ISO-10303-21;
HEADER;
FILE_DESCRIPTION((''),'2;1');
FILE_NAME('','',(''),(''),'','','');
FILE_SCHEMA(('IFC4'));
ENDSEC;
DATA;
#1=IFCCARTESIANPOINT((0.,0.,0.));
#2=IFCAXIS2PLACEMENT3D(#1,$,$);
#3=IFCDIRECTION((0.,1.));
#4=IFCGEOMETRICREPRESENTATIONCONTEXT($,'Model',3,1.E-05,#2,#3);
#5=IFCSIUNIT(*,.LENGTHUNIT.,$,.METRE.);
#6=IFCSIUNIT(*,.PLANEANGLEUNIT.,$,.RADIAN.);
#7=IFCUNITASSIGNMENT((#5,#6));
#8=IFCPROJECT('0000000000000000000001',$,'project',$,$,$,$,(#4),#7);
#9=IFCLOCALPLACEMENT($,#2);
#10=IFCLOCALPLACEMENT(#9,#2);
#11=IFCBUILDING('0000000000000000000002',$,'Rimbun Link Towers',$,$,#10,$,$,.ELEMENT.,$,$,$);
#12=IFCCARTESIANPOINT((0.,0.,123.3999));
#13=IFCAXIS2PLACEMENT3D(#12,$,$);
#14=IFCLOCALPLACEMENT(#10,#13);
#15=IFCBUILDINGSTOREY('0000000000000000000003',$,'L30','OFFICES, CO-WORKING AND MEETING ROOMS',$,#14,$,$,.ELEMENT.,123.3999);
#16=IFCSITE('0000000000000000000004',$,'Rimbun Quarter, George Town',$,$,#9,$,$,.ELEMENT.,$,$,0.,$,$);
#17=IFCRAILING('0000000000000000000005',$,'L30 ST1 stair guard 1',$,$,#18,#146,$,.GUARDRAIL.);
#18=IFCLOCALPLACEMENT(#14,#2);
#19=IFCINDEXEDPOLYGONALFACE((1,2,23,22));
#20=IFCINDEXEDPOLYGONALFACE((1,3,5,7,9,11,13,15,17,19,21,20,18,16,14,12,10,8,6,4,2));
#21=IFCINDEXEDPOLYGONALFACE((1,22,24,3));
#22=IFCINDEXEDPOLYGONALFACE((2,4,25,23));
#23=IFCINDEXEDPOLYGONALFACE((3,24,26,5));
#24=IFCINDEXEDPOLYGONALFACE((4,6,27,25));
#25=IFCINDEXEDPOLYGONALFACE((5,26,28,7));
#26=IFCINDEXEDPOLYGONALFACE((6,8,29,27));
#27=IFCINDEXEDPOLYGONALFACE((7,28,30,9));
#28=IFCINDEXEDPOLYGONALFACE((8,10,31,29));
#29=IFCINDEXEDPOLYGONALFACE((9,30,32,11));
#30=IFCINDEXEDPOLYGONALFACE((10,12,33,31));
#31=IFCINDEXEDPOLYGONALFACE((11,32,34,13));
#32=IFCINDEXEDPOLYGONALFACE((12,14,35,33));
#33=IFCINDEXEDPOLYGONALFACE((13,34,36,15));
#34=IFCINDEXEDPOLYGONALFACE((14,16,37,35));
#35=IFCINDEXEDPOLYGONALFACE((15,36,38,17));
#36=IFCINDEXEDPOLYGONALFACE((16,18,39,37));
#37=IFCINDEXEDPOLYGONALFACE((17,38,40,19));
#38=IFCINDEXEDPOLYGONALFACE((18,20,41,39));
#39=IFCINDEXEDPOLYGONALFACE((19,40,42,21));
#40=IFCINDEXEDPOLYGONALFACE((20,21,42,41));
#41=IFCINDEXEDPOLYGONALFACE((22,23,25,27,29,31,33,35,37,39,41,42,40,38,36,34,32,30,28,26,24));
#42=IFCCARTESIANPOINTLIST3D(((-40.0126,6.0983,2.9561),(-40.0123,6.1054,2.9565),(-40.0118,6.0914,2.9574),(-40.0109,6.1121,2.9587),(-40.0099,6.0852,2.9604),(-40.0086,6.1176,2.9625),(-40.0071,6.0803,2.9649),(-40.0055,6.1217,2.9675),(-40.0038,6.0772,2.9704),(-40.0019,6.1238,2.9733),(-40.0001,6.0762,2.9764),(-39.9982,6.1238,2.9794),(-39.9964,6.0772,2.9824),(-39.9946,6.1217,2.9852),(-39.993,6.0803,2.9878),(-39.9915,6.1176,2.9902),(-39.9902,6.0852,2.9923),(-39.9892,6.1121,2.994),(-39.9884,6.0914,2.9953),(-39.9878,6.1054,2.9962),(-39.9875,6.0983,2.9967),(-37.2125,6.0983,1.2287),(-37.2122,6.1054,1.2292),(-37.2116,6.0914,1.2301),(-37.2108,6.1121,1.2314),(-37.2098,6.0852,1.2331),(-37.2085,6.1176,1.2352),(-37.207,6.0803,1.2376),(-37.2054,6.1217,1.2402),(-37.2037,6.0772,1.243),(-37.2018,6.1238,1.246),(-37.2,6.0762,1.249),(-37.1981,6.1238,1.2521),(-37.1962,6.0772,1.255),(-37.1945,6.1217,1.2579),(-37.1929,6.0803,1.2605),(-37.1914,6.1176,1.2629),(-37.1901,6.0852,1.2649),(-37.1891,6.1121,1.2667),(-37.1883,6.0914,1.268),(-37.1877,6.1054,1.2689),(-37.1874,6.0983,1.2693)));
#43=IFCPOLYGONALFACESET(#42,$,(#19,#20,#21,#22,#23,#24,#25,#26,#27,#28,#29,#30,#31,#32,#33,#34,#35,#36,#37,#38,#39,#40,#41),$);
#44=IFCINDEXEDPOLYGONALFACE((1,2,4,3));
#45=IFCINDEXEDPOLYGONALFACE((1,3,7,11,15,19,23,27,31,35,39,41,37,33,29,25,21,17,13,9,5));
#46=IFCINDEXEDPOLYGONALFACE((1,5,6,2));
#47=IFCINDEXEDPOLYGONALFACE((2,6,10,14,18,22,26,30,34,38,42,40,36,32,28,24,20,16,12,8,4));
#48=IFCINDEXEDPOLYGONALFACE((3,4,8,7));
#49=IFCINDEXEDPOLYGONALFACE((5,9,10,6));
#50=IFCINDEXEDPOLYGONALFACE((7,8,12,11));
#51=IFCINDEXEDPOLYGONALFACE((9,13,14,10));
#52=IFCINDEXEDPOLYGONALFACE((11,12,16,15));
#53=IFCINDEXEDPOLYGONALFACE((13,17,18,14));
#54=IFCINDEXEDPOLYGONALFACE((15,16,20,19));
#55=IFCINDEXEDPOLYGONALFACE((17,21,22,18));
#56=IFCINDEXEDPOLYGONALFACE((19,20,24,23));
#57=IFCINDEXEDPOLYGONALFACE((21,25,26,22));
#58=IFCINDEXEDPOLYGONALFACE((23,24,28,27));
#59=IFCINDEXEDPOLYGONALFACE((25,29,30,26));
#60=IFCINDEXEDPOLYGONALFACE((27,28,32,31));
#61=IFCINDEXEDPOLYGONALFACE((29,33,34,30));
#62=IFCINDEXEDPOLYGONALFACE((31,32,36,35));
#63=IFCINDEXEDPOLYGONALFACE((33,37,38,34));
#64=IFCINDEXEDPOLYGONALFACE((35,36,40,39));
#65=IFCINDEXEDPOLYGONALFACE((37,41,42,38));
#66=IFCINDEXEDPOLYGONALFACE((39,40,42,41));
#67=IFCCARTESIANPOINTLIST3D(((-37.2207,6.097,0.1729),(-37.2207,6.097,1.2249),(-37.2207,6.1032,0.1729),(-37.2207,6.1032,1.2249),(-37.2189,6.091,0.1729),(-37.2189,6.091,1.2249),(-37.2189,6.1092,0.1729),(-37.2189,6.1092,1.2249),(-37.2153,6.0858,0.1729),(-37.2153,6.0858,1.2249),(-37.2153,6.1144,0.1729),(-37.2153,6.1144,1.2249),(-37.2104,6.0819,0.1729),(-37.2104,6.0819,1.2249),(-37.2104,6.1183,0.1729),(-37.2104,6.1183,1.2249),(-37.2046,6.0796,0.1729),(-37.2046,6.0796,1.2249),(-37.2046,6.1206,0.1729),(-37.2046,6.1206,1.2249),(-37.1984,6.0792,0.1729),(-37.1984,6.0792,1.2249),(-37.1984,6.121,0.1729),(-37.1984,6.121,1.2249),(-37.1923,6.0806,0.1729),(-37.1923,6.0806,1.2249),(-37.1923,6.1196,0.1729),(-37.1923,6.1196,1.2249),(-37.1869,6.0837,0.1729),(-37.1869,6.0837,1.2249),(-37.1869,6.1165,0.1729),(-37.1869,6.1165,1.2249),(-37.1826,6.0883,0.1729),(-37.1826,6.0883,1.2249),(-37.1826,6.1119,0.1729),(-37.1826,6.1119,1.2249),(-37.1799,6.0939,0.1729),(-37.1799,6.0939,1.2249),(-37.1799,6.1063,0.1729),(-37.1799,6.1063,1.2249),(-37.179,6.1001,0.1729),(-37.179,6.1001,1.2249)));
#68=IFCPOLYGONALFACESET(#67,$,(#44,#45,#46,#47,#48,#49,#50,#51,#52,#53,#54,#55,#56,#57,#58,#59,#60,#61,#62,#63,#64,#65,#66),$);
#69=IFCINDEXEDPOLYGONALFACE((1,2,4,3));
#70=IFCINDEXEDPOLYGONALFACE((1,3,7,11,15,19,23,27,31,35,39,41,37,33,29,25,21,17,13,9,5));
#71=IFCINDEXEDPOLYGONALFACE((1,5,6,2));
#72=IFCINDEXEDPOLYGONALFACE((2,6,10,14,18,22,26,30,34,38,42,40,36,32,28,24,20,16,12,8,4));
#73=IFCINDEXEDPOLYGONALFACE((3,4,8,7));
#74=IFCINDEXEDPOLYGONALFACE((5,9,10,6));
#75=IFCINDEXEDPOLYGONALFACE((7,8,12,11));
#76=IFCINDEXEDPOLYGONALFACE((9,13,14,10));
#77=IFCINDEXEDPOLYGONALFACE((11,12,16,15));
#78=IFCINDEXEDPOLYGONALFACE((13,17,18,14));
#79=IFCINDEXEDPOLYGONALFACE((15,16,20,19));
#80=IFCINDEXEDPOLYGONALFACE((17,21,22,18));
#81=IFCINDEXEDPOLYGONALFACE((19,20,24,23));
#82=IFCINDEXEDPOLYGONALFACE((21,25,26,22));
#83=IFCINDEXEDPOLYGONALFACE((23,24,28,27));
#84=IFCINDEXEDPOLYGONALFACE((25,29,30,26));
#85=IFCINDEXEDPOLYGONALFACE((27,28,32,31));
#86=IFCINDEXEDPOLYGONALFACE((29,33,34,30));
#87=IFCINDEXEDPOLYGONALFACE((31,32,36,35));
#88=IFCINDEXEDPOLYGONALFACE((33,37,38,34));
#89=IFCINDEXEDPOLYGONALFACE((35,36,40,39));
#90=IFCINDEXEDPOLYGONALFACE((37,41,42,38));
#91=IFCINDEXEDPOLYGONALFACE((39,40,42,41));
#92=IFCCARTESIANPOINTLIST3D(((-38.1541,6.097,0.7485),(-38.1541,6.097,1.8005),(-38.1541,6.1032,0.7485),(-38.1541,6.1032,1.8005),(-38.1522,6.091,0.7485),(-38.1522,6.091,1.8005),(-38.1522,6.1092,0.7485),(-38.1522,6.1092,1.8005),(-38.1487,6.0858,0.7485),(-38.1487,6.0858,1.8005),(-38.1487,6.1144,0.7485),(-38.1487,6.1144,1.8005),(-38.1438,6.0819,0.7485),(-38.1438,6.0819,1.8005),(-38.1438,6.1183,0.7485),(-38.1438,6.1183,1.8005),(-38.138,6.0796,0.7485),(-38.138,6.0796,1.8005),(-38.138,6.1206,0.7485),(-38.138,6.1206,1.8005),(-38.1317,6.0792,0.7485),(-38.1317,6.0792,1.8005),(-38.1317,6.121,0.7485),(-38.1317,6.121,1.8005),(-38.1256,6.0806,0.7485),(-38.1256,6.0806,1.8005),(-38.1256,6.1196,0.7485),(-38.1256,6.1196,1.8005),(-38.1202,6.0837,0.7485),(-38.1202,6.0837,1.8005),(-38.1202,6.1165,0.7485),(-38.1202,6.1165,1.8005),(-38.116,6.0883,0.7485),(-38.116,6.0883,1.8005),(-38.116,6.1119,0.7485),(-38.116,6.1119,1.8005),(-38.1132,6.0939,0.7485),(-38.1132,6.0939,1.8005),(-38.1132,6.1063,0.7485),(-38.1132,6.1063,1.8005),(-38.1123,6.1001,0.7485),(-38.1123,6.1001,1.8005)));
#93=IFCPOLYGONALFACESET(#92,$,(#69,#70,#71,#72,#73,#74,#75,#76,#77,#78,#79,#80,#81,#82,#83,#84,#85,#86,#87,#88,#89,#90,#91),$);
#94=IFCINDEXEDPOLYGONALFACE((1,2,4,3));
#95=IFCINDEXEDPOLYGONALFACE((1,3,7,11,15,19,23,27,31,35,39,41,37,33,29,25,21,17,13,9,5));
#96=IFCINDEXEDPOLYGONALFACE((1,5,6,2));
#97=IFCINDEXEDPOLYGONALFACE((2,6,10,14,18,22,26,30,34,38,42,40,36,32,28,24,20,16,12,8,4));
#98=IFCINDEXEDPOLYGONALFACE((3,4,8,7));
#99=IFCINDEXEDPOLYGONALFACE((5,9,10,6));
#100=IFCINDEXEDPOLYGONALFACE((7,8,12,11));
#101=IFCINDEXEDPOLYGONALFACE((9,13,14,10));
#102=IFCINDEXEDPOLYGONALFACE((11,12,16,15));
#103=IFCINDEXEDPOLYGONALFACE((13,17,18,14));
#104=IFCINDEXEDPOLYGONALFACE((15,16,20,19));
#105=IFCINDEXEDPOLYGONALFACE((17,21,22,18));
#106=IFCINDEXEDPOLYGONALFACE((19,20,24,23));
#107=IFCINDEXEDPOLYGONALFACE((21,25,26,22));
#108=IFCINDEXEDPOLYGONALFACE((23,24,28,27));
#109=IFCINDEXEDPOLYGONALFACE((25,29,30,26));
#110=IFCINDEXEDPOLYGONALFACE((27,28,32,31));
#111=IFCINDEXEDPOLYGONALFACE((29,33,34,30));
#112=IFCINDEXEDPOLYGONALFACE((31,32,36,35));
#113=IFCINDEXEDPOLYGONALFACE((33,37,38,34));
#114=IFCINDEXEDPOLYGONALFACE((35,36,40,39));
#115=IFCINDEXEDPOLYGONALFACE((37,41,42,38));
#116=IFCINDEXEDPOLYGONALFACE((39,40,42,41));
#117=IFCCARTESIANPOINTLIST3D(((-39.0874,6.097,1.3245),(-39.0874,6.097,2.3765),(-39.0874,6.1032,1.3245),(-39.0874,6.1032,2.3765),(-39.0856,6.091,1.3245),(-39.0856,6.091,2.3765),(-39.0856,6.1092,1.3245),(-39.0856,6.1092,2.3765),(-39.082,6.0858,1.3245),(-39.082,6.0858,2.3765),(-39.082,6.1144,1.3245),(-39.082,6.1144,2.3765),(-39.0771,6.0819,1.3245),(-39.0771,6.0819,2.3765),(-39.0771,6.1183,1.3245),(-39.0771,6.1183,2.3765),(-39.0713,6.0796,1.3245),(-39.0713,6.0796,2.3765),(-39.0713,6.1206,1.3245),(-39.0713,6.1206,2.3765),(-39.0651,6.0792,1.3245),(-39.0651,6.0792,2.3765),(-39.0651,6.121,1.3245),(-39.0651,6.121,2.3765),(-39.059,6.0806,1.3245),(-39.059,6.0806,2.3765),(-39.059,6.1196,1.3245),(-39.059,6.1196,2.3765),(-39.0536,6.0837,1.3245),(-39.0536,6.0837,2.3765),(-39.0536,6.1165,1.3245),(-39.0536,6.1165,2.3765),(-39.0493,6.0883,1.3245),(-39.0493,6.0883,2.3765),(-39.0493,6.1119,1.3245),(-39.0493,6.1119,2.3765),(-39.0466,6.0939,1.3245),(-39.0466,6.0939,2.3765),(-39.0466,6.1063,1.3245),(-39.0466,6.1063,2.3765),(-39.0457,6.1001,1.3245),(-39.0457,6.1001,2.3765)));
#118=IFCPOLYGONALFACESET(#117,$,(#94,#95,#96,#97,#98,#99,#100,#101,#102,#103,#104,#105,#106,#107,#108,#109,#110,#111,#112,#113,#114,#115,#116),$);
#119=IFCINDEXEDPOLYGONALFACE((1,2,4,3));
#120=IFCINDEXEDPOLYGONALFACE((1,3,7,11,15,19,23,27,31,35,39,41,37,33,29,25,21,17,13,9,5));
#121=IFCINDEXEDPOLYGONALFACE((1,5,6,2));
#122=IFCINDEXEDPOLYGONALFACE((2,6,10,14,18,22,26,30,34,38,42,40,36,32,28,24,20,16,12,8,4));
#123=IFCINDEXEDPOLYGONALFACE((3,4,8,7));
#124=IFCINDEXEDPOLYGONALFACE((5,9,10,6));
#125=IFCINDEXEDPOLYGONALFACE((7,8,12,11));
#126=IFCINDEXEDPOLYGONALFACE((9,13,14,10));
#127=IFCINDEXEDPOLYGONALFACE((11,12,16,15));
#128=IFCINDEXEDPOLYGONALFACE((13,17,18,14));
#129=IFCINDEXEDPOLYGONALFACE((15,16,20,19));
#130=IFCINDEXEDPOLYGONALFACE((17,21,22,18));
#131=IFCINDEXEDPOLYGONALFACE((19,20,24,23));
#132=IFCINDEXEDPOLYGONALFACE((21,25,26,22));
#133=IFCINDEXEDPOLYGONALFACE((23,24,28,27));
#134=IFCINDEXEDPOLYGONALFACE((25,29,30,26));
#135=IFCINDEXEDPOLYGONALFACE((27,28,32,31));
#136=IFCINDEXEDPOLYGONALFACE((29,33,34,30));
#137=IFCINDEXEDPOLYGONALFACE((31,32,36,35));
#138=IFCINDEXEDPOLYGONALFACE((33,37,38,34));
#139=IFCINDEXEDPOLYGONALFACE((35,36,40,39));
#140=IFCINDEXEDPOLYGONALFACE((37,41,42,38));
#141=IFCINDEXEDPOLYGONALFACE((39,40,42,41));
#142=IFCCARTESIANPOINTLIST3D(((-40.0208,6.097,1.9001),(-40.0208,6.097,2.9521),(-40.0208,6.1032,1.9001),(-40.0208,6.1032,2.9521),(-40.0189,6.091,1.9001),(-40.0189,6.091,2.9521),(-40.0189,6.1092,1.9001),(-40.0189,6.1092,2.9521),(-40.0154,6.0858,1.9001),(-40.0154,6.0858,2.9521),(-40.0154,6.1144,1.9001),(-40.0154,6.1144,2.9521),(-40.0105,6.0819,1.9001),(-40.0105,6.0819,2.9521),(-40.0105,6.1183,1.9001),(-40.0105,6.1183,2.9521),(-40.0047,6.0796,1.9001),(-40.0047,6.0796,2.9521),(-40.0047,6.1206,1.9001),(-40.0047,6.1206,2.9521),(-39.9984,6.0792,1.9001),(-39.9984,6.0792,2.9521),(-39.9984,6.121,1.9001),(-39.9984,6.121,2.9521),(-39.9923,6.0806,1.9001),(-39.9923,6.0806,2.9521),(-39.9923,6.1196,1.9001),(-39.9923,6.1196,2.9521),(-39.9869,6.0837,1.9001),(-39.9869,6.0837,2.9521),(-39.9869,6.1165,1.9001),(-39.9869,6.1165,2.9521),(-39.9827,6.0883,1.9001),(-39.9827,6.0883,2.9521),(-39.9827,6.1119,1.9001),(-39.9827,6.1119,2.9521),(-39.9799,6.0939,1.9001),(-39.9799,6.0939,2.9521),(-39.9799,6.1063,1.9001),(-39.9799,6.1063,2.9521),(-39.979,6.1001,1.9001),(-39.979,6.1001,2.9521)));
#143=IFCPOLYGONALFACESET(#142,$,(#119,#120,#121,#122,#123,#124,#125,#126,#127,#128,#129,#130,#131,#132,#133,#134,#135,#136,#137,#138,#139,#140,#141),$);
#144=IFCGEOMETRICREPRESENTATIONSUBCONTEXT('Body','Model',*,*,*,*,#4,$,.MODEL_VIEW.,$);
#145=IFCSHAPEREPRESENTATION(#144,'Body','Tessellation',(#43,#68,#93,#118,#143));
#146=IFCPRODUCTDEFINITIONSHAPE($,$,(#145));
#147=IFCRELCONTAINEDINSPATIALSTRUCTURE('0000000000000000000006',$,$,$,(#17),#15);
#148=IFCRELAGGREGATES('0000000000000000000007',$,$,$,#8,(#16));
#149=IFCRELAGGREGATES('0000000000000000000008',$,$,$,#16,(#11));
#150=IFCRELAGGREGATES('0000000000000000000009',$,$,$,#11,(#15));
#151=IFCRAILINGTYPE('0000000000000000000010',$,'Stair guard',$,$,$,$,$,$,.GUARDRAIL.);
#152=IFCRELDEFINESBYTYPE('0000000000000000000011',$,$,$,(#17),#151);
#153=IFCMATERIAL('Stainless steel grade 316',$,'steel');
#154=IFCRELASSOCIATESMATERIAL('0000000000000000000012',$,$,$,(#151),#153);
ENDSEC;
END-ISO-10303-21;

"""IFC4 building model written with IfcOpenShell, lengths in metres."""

from ifc_helpers import new_model, si_unit, direction, frame, origin, origin_2d, place, context, subcontext, project, spatial, circle, extrude, material, type_object, element, save


model = new_model("IFC4")

# Units and contexts
model_context = context("Model", 3, precision=1e-05, world=origin(), true_north=direction((0.0, 1.0)))
body_context = subcontext(model_context, "Body", "Model", "MODEL_VIEW")
ifc_project = project(units=[si_unit("LENGTHUNIT", "METRE"), si_unit("PLANEANGLEUNIT", "RADIAN")], contexts=[model_context])

# Site, building, storey
site_placement = place(None, origin())
site = spatial("IfcSite", under=ifc_project, at=site_placement, Name="Rimbun Quarter, George Town", CompositionType="ELEMENT", RefElevation=0.0)
building_placement = place(site_placement, origin())
building = spatial("IfcBuilding", under=site, at=building_placement, Name="Rimbun Link Towers", CompositionType="ELEMENT")
storey_placement = place(building_placement, frame((0.0, 0.0, 123.3999)))
storey = spatial("IfcBuildingStorey", under=building, at=storey_placement, Name="L30", Description="OFFICES, CO-WORKING AND MEETING ROOMS", CompositionType="ELEMENT", Elevation=123.3999)

# Railing
ifc_material_1 = material(Name="Stainless steel grade 316", Category="steel")
railing_type_1 = type_object("IfcRailingType", Name="Stair guard", PredefinedType="GUARDRAIL", material=ifc_material_1)
railing_1_placement = place(storey_placement, frame((-37.2, 6.1001, 0.1729)))
element("IfcRailing", 1, at=railing_1_placement, inside=storey, type_object=railing_type_1, Name="L30 ST1 stair guard 1", PredefinedType="GUARDRAIL", context=body_context, shape_type="SweptSolid", body=[
    extrude(circle(Radius=0.0239, at=origin_2d()), frame((0.0, 0.0, 1.0762), z_axis=(-0.85109, 0.0, 0.52502), x_axis=(0.0, -1.0, 0.0)), (0.0, 0.0, 1.0), 3.29),
    extrude(circle(Radius=0.021, at=origin_2d()), origin(), (0.0, 0.0, 1.0), 1.052),
    extrude(circle(Radius=0.021, at=origin_2d()), frame((-0.9333, 0.0, 0.5757)), (0.0, 0.0, 1.0), 1.052),
    extrude(circle(Radius=0.021, at=origin_2d()), frame((-1.8667, 0.0, 1.1516)), (0.0, 0.0, 1.0), 1.052),
    extrude(circle(Radius=0.021, at=origin_2d()), frame((-2.8, 0.0, 1.7273)), (0.0, 0.0, 1.0), 1.052),
])

save(model, "model.ifc")
